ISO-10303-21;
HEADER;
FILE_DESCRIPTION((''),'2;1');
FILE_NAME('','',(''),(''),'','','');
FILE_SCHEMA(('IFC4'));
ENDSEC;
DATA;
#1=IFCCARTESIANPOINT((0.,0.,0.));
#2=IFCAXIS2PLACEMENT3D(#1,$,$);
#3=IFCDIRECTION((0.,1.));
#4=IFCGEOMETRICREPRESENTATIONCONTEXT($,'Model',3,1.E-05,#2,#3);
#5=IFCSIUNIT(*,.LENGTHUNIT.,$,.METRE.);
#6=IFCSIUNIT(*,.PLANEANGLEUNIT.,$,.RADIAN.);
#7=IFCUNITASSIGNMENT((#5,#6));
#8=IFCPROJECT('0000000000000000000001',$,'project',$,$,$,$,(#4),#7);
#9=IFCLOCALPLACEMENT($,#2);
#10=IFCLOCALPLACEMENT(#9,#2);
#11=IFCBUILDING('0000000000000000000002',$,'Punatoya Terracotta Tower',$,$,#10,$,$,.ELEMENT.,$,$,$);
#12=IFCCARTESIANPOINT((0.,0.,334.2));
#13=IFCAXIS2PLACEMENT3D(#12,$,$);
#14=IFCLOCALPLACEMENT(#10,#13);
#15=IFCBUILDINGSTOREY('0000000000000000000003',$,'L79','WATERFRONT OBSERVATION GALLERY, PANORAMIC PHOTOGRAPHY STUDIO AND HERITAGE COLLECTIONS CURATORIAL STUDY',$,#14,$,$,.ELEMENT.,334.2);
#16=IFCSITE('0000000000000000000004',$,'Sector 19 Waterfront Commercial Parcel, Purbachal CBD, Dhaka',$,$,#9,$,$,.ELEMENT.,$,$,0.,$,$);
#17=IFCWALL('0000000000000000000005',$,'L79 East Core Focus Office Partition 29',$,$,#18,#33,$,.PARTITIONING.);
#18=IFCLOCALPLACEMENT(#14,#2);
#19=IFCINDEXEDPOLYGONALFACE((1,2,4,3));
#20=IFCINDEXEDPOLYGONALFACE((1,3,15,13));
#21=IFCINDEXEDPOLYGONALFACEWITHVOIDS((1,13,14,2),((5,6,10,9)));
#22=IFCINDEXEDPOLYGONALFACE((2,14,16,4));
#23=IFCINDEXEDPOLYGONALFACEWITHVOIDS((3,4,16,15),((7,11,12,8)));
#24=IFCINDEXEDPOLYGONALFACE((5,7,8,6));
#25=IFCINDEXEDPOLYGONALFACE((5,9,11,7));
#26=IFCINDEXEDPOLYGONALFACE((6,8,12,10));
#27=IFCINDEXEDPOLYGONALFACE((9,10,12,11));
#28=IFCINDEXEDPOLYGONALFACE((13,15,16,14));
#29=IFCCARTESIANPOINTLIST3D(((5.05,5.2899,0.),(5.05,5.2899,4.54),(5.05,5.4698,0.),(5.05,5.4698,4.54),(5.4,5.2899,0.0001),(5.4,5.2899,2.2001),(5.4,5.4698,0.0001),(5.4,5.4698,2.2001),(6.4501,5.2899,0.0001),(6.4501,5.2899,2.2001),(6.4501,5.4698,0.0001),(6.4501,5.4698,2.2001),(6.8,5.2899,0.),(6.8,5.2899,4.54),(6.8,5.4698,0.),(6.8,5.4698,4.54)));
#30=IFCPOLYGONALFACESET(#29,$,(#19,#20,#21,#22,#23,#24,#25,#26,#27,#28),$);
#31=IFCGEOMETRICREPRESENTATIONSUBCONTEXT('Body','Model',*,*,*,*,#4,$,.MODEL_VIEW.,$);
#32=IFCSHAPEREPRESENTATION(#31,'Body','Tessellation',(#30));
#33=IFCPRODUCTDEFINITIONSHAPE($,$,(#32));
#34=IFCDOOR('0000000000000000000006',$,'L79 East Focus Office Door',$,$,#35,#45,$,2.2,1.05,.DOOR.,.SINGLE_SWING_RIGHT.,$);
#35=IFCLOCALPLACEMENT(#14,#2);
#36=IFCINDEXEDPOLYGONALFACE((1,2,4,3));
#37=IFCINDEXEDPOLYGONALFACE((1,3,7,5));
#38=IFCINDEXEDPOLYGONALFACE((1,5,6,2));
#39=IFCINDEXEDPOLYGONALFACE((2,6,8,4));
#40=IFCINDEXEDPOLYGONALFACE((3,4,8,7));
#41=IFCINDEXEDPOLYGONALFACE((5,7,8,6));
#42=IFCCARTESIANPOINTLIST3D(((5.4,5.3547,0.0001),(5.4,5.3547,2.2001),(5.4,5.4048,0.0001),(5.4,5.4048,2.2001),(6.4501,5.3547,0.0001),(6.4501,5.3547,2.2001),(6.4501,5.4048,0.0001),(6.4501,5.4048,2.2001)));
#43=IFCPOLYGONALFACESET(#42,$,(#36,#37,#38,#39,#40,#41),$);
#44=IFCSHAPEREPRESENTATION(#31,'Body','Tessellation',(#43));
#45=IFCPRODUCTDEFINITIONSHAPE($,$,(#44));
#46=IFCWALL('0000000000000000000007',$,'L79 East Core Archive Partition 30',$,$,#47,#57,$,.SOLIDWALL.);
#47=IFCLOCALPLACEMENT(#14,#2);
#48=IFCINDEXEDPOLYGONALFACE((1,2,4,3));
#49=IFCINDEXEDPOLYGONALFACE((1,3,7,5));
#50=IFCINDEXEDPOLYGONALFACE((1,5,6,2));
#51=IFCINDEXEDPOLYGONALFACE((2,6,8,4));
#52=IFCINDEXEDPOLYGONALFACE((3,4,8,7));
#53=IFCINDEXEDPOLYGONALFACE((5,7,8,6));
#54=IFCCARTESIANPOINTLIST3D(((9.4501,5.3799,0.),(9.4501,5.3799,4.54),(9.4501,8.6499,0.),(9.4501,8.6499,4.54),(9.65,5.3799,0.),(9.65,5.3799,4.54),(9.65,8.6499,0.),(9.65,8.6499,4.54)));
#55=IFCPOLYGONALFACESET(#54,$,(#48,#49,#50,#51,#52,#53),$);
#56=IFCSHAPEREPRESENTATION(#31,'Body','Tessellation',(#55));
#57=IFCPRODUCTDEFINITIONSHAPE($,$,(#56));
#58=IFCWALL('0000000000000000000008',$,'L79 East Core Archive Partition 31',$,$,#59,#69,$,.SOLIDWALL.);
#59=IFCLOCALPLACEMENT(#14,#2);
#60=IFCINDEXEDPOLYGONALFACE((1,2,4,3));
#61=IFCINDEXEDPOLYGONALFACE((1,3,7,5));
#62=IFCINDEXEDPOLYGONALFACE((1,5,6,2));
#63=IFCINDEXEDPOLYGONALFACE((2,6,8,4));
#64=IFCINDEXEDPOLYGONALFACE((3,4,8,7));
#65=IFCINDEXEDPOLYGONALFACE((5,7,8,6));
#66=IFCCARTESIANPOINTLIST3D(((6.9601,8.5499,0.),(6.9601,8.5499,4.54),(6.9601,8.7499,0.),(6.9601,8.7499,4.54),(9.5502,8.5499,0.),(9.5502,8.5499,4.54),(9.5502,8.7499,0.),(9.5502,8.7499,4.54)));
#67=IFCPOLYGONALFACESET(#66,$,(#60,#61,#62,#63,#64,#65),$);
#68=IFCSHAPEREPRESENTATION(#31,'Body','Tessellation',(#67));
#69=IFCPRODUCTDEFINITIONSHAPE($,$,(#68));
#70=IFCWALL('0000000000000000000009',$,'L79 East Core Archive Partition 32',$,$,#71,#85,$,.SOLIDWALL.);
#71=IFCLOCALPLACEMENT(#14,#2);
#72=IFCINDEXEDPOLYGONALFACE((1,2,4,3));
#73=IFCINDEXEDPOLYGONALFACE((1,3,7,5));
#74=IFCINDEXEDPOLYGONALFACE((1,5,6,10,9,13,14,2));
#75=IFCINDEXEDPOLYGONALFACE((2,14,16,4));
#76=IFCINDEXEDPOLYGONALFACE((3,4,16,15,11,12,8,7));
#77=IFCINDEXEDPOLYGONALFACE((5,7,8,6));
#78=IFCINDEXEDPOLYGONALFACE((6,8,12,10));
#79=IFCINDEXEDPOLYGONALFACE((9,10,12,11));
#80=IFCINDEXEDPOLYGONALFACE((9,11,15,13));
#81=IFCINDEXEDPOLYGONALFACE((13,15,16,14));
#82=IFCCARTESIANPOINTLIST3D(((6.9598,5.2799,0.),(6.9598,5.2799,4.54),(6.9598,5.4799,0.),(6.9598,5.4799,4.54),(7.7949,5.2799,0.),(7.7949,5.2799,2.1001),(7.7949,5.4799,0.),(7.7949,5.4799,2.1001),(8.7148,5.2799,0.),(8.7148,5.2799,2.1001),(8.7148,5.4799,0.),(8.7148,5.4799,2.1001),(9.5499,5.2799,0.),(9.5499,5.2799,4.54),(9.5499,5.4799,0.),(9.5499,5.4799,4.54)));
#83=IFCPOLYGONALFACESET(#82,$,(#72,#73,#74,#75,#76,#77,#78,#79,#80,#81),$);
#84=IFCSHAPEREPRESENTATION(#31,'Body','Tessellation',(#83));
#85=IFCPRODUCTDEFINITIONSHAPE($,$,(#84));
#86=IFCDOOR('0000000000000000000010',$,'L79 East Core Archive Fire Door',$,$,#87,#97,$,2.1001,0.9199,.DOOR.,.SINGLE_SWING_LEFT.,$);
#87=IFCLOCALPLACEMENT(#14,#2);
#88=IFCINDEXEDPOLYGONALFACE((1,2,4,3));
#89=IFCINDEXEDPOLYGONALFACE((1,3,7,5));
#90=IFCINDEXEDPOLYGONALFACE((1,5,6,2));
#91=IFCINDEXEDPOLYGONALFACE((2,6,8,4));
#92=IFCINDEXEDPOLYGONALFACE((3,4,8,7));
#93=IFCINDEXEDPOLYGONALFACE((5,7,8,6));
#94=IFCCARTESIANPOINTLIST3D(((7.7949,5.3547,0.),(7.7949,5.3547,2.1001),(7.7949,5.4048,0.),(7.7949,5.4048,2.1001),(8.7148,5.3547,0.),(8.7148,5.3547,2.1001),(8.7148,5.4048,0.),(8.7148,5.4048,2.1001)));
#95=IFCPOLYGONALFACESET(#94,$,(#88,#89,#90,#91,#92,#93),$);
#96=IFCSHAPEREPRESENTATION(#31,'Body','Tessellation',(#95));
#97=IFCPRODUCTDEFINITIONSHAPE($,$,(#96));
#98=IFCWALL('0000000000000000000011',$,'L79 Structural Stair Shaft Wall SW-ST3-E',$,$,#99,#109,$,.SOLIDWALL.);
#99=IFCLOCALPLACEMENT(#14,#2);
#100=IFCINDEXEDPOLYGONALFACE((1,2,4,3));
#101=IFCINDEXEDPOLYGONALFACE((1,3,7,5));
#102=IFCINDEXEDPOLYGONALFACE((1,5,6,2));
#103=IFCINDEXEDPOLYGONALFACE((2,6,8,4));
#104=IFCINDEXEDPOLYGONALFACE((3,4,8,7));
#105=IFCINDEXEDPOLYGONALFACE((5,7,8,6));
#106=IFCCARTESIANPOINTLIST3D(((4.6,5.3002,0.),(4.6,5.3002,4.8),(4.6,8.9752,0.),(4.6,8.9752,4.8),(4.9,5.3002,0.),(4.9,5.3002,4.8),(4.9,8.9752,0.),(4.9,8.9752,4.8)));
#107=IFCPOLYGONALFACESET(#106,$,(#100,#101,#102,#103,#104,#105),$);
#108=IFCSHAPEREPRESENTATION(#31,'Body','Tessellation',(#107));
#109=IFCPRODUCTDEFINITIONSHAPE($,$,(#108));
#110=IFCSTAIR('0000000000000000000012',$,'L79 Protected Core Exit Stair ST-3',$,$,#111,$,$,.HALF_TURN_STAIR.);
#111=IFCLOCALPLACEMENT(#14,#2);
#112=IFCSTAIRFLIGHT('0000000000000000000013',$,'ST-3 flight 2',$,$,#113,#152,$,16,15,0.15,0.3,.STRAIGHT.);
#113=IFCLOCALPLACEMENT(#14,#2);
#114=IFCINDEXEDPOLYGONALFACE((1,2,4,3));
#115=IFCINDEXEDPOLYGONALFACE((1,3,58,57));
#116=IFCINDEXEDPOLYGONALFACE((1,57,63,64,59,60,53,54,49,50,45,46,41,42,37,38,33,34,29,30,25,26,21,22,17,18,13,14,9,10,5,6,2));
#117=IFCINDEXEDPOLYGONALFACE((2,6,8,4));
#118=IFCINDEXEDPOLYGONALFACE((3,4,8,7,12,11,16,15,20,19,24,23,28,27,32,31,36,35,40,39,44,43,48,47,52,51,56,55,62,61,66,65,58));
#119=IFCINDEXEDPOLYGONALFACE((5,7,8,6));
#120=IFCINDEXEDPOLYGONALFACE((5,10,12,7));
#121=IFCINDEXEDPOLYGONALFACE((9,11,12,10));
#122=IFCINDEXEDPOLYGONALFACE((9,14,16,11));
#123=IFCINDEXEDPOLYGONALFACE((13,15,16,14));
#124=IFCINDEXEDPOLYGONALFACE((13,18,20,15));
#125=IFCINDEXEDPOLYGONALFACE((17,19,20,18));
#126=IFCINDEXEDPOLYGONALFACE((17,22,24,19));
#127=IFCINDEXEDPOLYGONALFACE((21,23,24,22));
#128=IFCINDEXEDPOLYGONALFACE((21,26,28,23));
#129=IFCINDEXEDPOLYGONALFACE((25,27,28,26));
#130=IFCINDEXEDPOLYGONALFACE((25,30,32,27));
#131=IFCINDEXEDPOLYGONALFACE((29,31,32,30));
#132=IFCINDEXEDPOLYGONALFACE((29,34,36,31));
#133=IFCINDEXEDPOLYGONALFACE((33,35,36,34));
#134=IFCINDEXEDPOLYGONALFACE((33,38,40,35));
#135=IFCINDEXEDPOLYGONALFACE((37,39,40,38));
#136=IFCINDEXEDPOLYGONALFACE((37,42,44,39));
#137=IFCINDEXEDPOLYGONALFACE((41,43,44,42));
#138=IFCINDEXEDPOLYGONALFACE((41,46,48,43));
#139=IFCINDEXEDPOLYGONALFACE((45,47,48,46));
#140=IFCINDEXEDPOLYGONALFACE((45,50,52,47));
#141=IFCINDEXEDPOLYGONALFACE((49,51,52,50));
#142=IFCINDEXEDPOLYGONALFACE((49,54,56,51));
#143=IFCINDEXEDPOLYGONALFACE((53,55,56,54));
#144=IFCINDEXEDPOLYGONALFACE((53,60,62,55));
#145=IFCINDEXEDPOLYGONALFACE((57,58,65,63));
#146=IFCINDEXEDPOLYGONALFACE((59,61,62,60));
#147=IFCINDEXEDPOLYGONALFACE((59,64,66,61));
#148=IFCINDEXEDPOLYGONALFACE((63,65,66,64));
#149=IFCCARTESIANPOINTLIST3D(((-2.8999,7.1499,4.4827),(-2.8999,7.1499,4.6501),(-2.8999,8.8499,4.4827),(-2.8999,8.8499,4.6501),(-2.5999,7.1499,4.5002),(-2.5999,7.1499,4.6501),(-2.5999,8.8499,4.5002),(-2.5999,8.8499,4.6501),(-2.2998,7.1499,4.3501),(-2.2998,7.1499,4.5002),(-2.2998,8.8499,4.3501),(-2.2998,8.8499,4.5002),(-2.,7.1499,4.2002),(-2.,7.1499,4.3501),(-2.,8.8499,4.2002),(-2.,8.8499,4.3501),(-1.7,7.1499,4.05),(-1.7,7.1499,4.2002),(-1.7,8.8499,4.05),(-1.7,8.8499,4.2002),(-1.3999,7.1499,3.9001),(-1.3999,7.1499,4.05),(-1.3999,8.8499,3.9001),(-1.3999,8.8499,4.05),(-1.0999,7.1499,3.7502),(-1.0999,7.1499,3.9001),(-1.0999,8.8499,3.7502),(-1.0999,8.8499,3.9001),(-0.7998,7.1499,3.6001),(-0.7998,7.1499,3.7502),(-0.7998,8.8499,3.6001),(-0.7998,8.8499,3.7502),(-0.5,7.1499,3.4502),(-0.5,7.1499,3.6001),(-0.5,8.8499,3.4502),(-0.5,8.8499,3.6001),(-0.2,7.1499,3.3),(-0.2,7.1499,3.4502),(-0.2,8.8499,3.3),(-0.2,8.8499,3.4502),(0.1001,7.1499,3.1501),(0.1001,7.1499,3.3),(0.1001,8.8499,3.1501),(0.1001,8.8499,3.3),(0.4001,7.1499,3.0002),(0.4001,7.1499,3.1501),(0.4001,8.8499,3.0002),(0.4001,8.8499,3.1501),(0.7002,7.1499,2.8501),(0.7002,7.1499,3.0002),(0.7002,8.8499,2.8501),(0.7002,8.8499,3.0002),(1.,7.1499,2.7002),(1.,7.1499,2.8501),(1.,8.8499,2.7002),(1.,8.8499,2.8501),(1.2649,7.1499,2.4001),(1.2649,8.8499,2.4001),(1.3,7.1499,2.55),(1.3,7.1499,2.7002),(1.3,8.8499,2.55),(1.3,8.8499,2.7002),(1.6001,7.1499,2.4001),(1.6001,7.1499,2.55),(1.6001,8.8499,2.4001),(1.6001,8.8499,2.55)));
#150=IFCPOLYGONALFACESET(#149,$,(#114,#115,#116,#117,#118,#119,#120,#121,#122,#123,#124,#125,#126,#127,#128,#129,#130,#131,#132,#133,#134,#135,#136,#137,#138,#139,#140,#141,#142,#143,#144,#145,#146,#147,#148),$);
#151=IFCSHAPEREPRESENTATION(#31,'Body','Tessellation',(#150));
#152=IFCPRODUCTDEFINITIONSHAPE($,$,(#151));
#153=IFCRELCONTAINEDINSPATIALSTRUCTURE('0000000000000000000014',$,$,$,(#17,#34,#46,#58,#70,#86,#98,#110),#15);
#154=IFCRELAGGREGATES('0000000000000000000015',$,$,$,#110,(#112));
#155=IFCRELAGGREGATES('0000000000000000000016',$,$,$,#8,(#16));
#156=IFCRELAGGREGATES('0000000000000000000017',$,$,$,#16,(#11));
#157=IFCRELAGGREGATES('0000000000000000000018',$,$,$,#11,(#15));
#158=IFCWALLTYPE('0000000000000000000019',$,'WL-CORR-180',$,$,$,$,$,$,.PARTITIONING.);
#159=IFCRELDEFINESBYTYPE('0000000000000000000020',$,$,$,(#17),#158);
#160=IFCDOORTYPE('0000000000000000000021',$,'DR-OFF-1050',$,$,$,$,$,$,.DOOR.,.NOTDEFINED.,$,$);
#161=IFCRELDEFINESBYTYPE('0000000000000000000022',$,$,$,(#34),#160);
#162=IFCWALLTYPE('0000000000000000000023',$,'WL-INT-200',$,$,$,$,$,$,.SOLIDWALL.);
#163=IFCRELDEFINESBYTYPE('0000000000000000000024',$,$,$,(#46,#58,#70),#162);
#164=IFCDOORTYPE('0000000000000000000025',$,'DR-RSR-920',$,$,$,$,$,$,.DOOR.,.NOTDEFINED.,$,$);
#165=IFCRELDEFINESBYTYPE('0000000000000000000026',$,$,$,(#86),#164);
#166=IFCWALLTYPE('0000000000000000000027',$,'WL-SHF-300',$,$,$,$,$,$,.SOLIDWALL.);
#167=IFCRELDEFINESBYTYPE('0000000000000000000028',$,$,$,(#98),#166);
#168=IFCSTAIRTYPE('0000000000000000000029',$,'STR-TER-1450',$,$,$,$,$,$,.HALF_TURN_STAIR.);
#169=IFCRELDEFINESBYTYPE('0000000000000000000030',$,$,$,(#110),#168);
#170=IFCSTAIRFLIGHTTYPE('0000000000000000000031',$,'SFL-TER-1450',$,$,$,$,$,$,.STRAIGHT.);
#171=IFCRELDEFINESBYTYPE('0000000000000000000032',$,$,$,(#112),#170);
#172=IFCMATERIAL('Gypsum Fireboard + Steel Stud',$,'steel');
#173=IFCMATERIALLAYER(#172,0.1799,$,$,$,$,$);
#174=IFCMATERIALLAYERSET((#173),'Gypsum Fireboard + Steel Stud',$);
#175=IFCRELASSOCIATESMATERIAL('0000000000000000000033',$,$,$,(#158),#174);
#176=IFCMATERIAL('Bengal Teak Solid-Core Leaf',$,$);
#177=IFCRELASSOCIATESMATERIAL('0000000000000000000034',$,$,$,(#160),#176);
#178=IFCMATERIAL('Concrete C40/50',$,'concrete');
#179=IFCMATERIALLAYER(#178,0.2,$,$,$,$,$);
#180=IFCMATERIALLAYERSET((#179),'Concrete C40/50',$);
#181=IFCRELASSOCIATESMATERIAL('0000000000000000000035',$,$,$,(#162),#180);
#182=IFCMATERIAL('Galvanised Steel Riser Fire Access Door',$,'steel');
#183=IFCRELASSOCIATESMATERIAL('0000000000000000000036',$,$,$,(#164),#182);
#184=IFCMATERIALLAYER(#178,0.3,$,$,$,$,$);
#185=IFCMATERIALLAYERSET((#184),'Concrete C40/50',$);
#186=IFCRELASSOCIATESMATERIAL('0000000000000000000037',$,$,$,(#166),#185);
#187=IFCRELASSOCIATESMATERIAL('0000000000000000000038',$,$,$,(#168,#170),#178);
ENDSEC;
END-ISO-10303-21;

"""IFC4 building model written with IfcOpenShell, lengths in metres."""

from ifc_helpers import new_model, si_unit, direction, frame, frame_2d, origin, place, context, subcontext, project, spatial, polyline, rectangle, outline, extrude, material, layer, layer_set, type_object, element, fill, aggregate, save


model = new_model("IFC4")

# Units and contexts
model_context = context("Model", 3, precision=1e-05, world=origin(), true_north=direction((0.0, 1.0)))
body_context = subcontext(model_context, "Body", "Model", "MODEL_VIEW")
ifc_project = project(units=[si_unit("LENGTHUNIT", "METRE"), si_unit("PLANEANGLEUNIT", "RADIAN")], contexts=[model_context])

# Site, building, storey
site_placement = place(None, origin())
site = spatial("IfcSite", under=ifc_project, at=site_placement, Name="Sector 19 Waterfront Commercial Parcel, Purbachal CBD, Dhaka", CompositionType="ELEMENT", RefElevation=0.0)
building_placement = place(site_placement, origin())
building = spatial("IfcBuilding", under=site, at=building_placement, Name="Punatoya Terracotta Tower", CompositionType="ELEMENT")
storey_placement = place(building_placement, frame((0.0, 0.0, 334.2)))
storey = spatial("IfcBuildingStorey", under=building, at=storey_placement, Name="L79", Description="WATERFRONT OBSERVATION GALLERY, PANORAMIC PHOTOGRAPHY STUDIO AND HERITAGE COLLECTIONS CURATORIAL STUDY", CompositionType="ELEMENT", Elevation=334.2)

# Shared definitions
ifc_material_1 = material(Name="Gypsum Fireboard + Steel Stud", Category="steel")
ifc_layer_1 = layer(ifc_material_1, 0.1799)
ifc_layer_set_1 = layer_set([ifc_layer_1], Name="Gypsum Fireboard + Steel Stud")
wall_type_1 = type_object("IfcWallType", Name="WL-CORR-180", PredefinedType="PARTITIONING", material=ifc_layer_set_1)

# Wall, opening, door
wall_1_placement = place(storey_placement, frame((5.05, 5.3799, 0.0), z_axis=(0.0, 0.0, 1.0), x_axis=(1.0, 0.0, 0.0)))
wall_1 = element("IfcWall", 1, at=wall_1_placement, inside=storey, type_object=wall_type_1, Name="L79 East Core Focus Office Partition 29", PredefinedType="PARTITIONING", context=body_context, shape_type="SweptSolid", body=[
    extrude(rectangle(XDim=1.75, YDim=0.1799, at=frame_2d((0.875, 0.0))), origin(), (0.0, 0.0, 1.0), 4.54),
])
opening_1_placement = place(wall_1_placement, frame((0.3501, 0.0, 0.0)))
opening_1 = element("IfcOpeningElement", 2, at=opening_1_placement, cuts=wall_1, PredefinedType="OPENING", context=body_context, shape_type="SweptSolid", body=[
    extrude(rectangle(XDim=1.05, YDim=2.2, at=frame_2d((0.5249, 1.1001))), frame((0.0, 0.0999, 0.0), z_axis=(0.0, -1.0, 0.0), x_axis=(1.0, 0.0, 0.0)), (0.0, 0.0, 1.0), 0.2),
])
ifc_material_2 = material(Name="Bengal Teak Solid-Core Leaf")
door_type_1 = type_object("IfcDoorType", Name="DR-OFF-1050", OperationType="NOTDEFINED", PredefinedType="DOOR", material=ifc_material_2)
door_1_placement = place(opening_1_placement, origin())
door_1 = element("IfcDoor", 3, at=door_1_placement, inside=storey, type_object=door_type_1, Name="L79 East Focus Office Door", OperationType="SINGLE_SWING_RIGHT", OverallHeight=2.2, OverallWidth=1.05, PredefinedType="DOOR", context=body_context, shape_type="SweptSolid", body=[
    extrude(rectangle(XDim=1.05, YDim=2.2, at=frame_2d((0.5249, 1.1001))), frame((0.0, 0.0249, 0.0), z_axis=(0.0, -1.0, 0.0), x_axis=(1.0, 0.0, 0.0)), (0.0, 0.0, 1.0), 0.05),
])
fill(opening_1, door_1)

# Walls
ifc_material_3 = material(Name="Concrete C40/50", Category="concrete")
ifc_layer_2 = layer(ifc_material_3, 0.2)
ifc_layer_set_2 = layer_set([ifc_layer_2], Name="Concrete C40/50")
wall_type_2 = type_object("IfcWallType", Name="WL-INT-200", PredefinedType="SOLIDWALL", material=ifc_layer_set_2)
wall_2_placement = place(storey_placement, frame((9.55, 5.3799, 0.0), z_axis=(0.0, 0.0, 1.0), x_axis=(0.0, 1.0, 0.0)))
element("IfcWall", 4, at=wall_2_placement, inside=storey, type_object=wall_type_2, Name="L79 East Core Archive Partition 30", PredefinedType="SOLIDWALL", context=body_context, shape_type="SweptSolid", body=[
    extrude(rectangle(XDim=3.27, YDim=0.2, at=frame_2d((1.635, 0.0))), origin(), (0.0, 0.0, 1.0), 4.54),
])
wall_3_placement = place(storey_placement, frame((9.55, 8.6499, 0.0), z_axis=(0.0, 0.0, 1.0), x_axis=(-1.0, 0.0, 0.0)))
element("IfcWall", 5, at=wall_3_placement, inside=storey, type_object=wall_type_2, Name="L79 East Core Archive Partition 31", PredefinedType="SOLIDWALL", context=body_context, shape_type="SweptSolid", body=[
    extrude(rectangle(XDim=2.5901, YDim=0.2, at=frame_2d((1.2949, 0.0))), origin(), (0.0, 0.0, 1.0), 4.54),
])

# Wall, opening, door
wall_4_placement = place(storey_placement, frame((6.96, 5.3799, 0.0), z_axis=(0.0, 0.0, 1.0), x_axis=(1.0, 0.0, 0.0)))
wall_4 = element("IfcWall", 6, at=wall_4_placement, inside=storey, type_object=wall_type_2, Name="L79 East Core Archive Partition 32", PredefinedType="SOLIDWALL", context=body_context, shape_type="SweptSolid", body=[
    extrude(rectangle(XDim=2.5901, YDim=0.2, at=frame_2d((1.2949, 0.0))), origin(), (0.0, 0.0, 1.0), 4.54),
])
opening_2_placement = place(wall_4_placement, frame((0.835, 0.0, 0.0)))
opening_2 = element("IfcOpeningElement", 7, at=opening_2_placement, cuts=wall_4, PredefinedType="OPENING", context=body_context, shape_type="SweptSolid", body=[
    extrude(rectangle(XDim=0.9199, YDim=2.1001, at=frame_2d((0.46, 1.05))), frame((0.0, 0.1099, 0.0), z_axis=(0.0, -1.0, 0.0), x_axis=(1.0, 0.0, 0.0)), (0.0, 0.0, 1.0), 0.22),
])
ifc_material_4 = material(Name="Galvanised Steel Riser Fire Access Door", Category="steel")
door_type_2 = type_object("IfcDoorType", Name="DR-RSR-920", OperationType="NOTDEFINED", PredefinedType="DOOR", material=ifc_material_4)
door_2_placement = place(opening_2_placement, origin())
door_2 = element("IfcDoor", 8, at=door_2_placement, inside=storey, type_object=door_type_2, Name="L79 East Core Archive Fire Door", OperationType="SINGLE_SWING_LEFT", OverallHeight=2.1001, OverallWidth=0.9199, PredefinedType="DOOR", context=body_context, shape_type="SweptSolid", body=[
    extrude(rectangle(XDim=0.9199, YDim=2.1001, at=frame_2d((0.46, 1.05))), frame((0.0, 0.0249, 0.0), z_axis=(0.0, -1.0, 0.0), x_axis=(1.0, 0.0, 0.0)), (0.0, 0.0, 1.0), 0.05),
])
fill(opening_2, door_2)

# Wall
ifc_layer_3 = layer(ifc_material_3, 0.3)
ifc_layer_set_3 = layer_set([ifc_layer_3], Name="Concrete C40/50")
wall_type_3 = type_object("IfcWallType", Name="WL-SHF-300", PredefinedType="SOLIDWALL", material=ifc_layer_set_3)
wall_5_placement = place(storey_placement, frame((4.75, 8.9751, 0.0), z_axis=(0.0, 0.0, 1.0), x_axis=(0.0, -1.0, 0.0)))
element("IfcWall", 9, at=wall_5_placement, inside=storey, type_object=wall_type_3, Name="L79 Structural Stair Shaft Wall SW-ST3-E", PredefinedType="SOLIDWALL", context=body_context, shape_type="SweptSolid", body=[
    extrude(rectangle(XDim=3.675, YDim=0.3, at=frame_2d((1.8374, 0.0))), origin(), (0.0, 0.0, 1.0), 4.8),
])

# Stair, stair flight
stair_type = type_object("IfcStairType", Name="STR-TER-1450", PredefinedType="HALF_TURN_STAIR", material=ifc_material_3)
stair_placement = place(storey_placement, origin())
stair = element("IfcStair", 10, at=stair_placement, inside=storey, type_object=stair_type, Name="L79 Protected Core Exit Stair ST-3", PredefinedType="HALF_TURN_STAIR")
stair_flight_type = type_object("IfcStairFlightType", Name="SFL-TER-1450", PredefinedType="STRAIGHT", material=ifc_material_3)
stair_flight_placement = place(storey_placement, frame((1.6001, 8.0, 2.4001), z_axis=(0.0, 0.0, 1.0), x_axis=(-1.0, 0.0, 0.0)))
stair_flight = element("IfcStairFlight", 11, at=stair_flight_placement, type_object=stair_flight_type, Name="ST-3 flight 2", NumberOfRisers=16, NumberOfTreads=15, PredefinedType="STRAIGHT", RiserHeight=0.15, TreadLength=0.3, context=body_context, shape_type="SweptSolid", body=[
    extrude(outline(polyline([(0.0, 0.0), (0.0, 0.1499), (0.3, 0.1499), (0.3, 0.3), (0.6001, 0.3), (0.6001, 0.45), (0.8999, 0.45), (0.8999, 0.6001), (1.2, 0.6001), (1.2, 0.75), (1.5, 0.75), (1.5, 0.8999), (1.8, 0.8999), (1.8, 1.05), (2.1001, 1.05), (2.1001, 1.2), (2.3999, 1.2), (2.3999, 1.3501), (2.7, 1.3501), (2.7, 1.5), (3.0, 1.5), (3.0, 1.6499), (3.3, 1.6499), (3.3, 1.8), (3.6001, 1.8), (3.6001, 1.95), (3.8999, 1.95), (3.8999, 2.1001), (4.2, 2.1001), (4.2, 2.25), (4.5, 2.25), (4.5, 2.3999), (4.5, 2.0825), (0.3352, 0.0), (0.0, 0.0)])), frame((0.0, 0.8501, 0.0), z_axis=(0.0, -1.0, 0.0), x_axis=(1.0, 0.0, 0.0)), (0.0, 0.0, 1.0), 1.7),
])
aggregate(stair, [stair_flight])

save(model, "model.ifc")
